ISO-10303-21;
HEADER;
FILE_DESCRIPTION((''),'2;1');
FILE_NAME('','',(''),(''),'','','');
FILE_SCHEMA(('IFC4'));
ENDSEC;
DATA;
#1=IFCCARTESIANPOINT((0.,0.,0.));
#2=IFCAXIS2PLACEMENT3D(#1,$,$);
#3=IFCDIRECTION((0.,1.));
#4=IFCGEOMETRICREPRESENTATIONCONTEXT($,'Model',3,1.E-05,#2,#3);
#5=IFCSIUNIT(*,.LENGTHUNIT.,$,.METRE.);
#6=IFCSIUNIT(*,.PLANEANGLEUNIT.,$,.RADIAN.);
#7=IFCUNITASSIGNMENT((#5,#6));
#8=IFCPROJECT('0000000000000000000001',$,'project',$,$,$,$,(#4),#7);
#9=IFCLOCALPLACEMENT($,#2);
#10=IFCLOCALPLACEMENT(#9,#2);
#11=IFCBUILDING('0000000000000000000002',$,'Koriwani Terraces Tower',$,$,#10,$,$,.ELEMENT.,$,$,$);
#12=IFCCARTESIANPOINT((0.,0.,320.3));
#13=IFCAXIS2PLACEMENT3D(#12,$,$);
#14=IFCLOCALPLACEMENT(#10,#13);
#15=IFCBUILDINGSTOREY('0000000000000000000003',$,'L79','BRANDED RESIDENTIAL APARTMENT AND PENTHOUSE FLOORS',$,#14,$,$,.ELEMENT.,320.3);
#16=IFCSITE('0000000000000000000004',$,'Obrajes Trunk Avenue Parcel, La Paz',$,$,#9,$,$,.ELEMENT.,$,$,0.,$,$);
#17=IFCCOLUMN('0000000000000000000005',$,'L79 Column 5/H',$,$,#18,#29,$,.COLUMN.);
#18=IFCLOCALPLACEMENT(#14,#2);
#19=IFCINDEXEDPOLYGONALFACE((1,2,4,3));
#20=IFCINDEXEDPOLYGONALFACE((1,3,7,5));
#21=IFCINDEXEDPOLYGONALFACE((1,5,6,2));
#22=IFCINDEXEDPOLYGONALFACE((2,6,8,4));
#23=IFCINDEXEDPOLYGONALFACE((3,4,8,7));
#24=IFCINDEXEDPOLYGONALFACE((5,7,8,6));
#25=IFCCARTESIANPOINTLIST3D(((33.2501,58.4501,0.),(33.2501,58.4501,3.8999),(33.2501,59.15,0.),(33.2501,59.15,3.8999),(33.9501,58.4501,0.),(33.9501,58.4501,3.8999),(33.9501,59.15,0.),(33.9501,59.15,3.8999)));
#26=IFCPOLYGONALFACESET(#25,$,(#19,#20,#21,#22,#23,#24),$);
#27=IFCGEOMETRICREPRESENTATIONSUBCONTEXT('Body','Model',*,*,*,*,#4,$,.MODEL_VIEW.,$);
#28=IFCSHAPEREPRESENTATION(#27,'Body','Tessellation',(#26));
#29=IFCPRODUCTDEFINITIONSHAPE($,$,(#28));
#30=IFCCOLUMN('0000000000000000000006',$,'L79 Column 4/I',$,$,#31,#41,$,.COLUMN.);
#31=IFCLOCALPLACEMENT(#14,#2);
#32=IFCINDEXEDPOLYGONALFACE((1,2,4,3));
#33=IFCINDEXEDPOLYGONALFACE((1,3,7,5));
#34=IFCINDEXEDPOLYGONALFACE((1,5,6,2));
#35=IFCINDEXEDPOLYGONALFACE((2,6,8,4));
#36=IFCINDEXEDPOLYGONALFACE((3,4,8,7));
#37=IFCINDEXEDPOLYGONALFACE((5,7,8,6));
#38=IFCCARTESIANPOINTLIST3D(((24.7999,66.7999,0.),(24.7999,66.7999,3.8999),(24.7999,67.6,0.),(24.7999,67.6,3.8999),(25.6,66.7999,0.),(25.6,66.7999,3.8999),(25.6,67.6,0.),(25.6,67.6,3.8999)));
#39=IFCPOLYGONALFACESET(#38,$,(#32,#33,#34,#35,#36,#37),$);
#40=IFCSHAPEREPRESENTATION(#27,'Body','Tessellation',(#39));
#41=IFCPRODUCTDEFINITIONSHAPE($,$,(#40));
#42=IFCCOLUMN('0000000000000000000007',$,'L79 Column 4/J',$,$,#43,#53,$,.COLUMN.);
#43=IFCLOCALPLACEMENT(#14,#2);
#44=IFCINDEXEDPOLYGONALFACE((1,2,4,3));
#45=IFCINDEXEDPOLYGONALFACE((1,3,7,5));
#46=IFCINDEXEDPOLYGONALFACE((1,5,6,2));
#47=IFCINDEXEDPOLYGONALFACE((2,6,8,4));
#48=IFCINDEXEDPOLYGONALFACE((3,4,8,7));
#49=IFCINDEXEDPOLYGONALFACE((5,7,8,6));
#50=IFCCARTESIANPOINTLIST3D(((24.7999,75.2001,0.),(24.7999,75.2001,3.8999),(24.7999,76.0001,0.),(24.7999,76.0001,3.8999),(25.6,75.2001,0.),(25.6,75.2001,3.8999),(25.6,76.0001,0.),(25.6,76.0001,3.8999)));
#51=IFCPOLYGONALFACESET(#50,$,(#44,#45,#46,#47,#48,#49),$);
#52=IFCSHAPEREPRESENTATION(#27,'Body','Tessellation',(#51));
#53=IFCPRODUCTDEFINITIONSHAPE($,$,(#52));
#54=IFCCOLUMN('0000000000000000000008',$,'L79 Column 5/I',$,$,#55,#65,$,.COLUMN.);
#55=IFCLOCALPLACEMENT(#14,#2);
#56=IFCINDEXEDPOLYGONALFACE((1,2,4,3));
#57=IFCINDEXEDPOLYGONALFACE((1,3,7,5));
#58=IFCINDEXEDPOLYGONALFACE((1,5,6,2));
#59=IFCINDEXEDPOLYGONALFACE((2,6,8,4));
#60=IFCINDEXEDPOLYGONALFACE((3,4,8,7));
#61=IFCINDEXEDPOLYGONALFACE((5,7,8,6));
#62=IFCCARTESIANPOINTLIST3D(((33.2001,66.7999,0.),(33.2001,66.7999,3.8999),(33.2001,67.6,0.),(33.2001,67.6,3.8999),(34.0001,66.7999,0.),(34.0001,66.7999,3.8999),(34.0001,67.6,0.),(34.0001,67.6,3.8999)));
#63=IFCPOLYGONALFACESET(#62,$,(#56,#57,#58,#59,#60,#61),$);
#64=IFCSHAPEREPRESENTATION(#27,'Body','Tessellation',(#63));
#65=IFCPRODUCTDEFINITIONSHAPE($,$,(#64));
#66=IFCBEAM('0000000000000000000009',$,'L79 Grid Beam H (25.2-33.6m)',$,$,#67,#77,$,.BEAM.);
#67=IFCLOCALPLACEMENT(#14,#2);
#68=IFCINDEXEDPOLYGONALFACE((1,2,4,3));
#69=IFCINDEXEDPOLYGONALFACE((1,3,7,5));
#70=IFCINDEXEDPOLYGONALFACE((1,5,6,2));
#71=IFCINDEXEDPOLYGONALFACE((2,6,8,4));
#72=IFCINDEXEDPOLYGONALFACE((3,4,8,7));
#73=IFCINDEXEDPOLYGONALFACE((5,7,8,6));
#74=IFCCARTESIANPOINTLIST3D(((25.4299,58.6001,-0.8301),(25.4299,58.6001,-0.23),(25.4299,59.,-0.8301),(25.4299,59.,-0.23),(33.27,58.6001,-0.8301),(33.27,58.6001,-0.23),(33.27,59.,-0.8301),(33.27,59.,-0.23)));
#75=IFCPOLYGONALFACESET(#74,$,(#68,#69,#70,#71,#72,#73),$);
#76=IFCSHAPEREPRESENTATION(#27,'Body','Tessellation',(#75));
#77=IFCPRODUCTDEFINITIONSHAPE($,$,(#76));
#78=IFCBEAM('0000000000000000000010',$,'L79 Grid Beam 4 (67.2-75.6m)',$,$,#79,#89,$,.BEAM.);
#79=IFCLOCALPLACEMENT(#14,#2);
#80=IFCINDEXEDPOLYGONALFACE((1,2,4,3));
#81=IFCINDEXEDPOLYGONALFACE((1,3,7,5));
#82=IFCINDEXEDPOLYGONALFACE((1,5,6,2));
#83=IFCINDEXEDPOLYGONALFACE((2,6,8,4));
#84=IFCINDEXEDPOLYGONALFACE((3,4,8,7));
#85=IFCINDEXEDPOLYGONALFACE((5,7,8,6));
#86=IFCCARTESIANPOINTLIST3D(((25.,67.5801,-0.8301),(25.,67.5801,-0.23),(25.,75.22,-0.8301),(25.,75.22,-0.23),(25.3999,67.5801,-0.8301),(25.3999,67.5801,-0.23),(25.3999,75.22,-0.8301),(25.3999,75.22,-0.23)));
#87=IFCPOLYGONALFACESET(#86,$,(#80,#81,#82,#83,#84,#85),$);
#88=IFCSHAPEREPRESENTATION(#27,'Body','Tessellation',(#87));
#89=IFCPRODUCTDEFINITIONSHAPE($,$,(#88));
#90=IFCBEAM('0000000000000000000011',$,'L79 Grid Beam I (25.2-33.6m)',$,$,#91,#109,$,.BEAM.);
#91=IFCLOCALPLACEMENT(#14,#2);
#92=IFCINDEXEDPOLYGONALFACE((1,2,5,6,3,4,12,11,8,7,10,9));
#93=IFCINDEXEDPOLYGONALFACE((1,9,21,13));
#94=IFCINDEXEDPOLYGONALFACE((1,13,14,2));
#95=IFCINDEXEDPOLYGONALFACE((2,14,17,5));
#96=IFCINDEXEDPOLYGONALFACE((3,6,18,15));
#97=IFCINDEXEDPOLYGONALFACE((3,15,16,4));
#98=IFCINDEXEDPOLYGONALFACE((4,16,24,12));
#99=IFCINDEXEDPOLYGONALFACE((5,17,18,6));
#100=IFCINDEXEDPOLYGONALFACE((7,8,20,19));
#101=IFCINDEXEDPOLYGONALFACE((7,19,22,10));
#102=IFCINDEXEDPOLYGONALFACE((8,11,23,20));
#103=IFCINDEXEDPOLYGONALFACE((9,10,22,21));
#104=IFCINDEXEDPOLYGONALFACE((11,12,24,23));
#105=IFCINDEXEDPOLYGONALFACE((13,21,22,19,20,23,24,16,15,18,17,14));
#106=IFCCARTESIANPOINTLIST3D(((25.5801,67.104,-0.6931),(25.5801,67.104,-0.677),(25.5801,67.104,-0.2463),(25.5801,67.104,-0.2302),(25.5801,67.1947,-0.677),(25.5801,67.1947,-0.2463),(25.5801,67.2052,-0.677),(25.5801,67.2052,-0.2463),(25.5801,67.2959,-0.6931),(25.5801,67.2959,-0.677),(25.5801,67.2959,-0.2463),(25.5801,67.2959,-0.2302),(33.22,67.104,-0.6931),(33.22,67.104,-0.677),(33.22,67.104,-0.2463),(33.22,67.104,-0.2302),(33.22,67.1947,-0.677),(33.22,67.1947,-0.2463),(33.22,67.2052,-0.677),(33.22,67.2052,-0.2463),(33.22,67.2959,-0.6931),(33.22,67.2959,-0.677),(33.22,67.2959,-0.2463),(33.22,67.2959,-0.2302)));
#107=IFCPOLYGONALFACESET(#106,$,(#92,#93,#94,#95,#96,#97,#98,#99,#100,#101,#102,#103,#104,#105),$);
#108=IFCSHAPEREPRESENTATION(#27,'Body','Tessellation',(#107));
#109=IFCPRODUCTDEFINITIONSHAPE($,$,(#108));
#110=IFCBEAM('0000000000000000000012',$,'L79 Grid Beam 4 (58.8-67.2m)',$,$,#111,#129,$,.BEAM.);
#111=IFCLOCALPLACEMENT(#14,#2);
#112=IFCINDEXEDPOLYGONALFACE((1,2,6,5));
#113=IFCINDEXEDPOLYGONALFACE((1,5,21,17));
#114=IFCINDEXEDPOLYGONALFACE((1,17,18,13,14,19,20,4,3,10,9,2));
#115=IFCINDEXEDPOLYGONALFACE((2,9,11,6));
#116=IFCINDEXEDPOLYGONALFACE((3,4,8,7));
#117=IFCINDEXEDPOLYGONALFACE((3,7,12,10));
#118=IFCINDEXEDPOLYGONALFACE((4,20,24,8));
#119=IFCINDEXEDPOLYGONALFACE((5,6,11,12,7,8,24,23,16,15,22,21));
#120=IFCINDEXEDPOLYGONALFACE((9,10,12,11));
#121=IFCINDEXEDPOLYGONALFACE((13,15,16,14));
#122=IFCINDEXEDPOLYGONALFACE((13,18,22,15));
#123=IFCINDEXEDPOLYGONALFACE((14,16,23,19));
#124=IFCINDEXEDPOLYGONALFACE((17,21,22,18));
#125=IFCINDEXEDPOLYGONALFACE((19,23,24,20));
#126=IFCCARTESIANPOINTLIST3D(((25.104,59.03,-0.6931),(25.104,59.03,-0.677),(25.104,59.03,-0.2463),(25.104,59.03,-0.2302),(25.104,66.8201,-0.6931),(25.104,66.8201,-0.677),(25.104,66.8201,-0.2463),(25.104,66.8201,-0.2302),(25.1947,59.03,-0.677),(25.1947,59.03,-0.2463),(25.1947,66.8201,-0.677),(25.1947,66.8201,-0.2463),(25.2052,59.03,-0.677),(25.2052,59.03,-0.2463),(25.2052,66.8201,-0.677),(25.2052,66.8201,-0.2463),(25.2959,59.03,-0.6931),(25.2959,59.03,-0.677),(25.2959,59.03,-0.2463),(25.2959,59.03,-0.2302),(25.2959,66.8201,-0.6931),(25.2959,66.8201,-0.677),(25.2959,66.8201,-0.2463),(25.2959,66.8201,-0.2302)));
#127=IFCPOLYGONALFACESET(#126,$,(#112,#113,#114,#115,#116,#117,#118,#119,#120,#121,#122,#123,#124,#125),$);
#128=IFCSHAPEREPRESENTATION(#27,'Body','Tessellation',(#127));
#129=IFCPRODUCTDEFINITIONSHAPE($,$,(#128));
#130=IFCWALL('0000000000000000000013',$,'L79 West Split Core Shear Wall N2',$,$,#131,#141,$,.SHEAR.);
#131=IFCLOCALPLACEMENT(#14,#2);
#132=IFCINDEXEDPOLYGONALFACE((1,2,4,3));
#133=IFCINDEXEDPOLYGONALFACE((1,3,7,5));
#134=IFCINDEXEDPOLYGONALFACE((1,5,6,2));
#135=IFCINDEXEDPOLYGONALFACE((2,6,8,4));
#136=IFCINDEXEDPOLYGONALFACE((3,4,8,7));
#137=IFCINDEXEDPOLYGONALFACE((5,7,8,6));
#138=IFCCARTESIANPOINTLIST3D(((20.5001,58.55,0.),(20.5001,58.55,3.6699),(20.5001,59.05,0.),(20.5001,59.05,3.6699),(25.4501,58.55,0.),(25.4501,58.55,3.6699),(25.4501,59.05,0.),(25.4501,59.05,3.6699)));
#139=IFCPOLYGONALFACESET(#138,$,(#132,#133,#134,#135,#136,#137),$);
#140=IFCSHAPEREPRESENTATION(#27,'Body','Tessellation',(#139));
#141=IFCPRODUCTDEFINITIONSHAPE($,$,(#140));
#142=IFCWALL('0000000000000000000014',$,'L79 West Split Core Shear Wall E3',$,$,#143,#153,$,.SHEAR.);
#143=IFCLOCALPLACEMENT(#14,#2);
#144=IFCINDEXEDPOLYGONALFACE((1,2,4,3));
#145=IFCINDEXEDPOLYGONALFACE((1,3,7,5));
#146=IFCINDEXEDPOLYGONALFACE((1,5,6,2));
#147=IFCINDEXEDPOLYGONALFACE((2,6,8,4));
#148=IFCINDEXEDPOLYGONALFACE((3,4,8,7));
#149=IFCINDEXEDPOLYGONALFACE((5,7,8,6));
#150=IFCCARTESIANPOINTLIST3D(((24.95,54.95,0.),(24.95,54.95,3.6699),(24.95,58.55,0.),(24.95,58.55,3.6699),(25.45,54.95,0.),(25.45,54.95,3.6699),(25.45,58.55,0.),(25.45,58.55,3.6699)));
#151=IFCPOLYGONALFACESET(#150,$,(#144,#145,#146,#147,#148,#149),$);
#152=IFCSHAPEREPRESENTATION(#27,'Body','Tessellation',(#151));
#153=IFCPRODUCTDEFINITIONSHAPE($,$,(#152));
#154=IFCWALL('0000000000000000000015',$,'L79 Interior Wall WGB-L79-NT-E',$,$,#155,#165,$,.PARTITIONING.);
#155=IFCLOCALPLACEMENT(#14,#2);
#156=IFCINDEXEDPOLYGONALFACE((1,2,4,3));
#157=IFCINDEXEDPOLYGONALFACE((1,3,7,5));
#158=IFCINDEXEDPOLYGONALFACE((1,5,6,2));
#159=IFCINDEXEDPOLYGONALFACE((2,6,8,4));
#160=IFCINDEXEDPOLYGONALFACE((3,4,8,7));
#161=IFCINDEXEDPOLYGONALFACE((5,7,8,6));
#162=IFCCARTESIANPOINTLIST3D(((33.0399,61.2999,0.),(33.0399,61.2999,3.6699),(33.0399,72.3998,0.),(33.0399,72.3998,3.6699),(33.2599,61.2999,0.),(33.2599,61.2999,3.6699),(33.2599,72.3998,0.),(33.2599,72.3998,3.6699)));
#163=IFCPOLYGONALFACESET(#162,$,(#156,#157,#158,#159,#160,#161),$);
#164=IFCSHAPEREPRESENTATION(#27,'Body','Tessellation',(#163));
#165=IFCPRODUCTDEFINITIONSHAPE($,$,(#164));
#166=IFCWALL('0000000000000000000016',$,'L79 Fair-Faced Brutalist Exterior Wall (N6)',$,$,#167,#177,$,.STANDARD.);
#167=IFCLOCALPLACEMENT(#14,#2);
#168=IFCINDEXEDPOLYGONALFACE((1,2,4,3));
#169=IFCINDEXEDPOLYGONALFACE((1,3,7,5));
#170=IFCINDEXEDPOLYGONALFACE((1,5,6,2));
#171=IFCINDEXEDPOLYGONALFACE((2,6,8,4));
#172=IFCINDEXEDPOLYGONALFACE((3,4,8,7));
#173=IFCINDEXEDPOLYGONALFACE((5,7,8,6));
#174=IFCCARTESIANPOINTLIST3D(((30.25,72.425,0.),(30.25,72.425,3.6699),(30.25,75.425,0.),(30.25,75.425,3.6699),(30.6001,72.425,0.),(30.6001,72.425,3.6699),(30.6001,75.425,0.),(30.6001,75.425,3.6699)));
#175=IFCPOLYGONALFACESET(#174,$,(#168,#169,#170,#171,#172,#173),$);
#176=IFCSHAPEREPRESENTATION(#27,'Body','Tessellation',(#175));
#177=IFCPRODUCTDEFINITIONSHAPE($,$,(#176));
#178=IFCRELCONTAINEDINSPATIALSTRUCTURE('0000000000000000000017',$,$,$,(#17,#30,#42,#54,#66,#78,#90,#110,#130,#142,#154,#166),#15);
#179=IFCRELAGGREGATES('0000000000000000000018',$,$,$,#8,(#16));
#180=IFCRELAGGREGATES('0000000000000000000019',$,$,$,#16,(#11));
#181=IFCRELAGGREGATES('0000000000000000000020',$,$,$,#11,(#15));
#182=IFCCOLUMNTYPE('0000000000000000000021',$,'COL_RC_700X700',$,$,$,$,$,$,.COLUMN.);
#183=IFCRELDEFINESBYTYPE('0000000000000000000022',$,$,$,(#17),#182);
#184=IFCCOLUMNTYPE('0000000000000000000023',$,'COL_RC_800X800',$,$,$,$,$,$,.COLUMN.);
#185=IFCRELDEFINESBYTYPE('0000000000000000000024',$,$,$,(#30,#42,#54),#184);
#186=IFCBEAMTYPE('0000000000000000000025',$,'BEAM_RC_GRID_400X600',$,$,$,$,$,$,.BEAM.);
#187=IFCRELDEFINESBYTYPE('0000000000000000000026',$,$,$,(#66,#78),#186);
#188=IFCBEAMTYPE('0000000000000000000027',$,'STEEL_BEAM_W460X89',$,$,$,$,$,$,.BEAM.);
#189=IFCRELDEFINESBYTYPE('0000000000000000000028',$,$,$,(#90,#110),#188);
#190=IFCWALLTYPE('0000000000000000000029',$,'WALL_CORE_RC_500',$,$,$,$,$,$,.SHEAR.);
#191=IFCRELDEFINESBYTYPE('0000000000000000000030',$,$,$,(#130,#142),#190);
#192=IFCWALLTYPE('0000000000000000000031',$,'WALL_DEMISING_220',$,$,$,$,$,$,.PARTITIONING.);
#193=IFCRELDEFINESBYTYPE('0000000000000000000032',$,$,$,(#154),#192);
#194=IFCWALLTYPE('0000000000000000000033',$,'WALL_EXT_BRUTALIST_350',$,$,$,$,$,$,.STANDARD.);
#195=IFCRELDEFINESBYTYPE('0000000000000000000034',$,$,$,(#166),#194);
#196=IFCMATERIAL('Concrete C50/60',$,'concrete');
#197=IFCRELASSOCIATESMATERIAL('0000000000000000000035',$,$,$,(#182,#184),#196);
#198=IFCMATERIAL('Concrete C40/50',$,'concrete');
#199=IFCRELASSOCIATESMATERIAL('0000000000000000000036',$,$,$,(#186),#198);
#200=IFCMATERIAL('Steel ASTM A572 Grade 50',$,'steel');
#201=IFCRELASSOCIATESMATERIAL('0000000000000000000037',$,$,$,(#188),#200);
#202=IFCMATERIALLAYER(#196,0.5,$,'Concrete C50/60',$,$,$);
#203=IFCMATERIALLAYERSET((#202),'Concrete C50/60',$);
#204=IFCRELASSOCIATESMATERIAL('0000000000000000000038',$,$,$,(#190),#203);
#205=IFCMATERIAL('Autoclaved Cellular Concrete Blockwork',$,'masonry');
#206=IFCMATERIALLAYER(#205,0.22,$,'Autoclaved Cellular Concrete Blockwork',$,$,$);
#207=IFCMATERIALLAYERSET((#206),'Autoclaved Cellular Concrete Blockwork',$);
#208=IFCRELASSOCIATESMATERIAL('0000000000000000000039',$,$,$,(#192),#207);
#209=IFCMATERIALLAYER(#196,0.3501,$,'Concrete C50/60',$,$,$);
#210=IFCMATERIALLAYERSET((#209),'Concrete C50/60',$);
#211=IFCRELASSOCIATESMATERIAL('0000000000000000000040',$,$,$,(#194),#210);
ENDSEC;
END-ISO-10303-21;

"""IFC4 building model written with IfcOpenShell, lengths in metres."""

from ifc_helpers import new_model, si_unit, direction, frame, frame_2d, origin, origin_2d, place, context, subcontext, project, spatial, rectangle, i_section, extrude, material, layer, layer_set, material_profile, profile_set, type_object, element, save


model = new_model("IFC4")

# Units and contexts
model_context = context("Model", 3, precision=1e-05, world=origin(), true_north=direction((0.0, 1.0)))
body_context = subcontext(model_context, "Body", "Model", "MODEL_VIEW")
ifc_project = project(units=[si_unit("LENGTHUNIT", "METRE"), si_unit("PLANEANGLEUNIT", "RADIAN")], contexts=[model_context])

# Site, building, storey
site_placement = place(None, origin())
site = spatial("IfcSite", under=ifc_project, at=site_placement, Name="Obrajes Trunk Avenue Parcel, La Paz", CompositionType="ELEMENT", RefElevation=0.0)
building_placement = place(site_placement, origin())
building = spatial("IfcBuilding", under=site, at=building_placement, Name="Koriwani Terraces Tower", CompositionType="ELEMENT")
storey_placement = place(building_placement, frame((0.0, 0.0, 320.3)))
storey = spatial("IfcBuildingStorey", under=building, at=storey_placement, Name="L79", Description="BRANDED RESIDENTIAL APARTMENT AND PENTHOUSE FLOORS", CompositionType="ELEMENT", Elevation=320.3)

# Columns
ifc_material_1 = material(Name="Concrete C50/60", Category="concrete")
ifc_material_profile_1 = material_profile(ifc_material_1, rectangle(XDim=0.7, YDim=0.7, at=origin_2d()), Name="Concrete C50/60", Category="LoadBearing")
ifc_profile_set_1 = profile_set([ifc_material_profile_1], Name="Concrete C50/60")
column_type_1 = type_object("IfcColumnType", Name="COL_RC_700X700", PredefinedType="COLUMN", material=ifc_profile_set_1)
column_placement = place(storey_placement, frame((33.6001, 58.8, 0.0), z_axis=(0.0, 0.0, 1.0), x_axis=(1.0, 0.0, 0.0)))
element("IfcColumn", 1, at=column_placement, inside=storey, type_object=column_type_1, Name="L79 Column 5/H", PredefinedType="COLUMN", context=body_context, shape_type="SweptSolid", body=[
    extrude(rectangle(XDim=0.7, YDim=0.7, at=origin_2d()), origin(), (0.0, 0.0, 1.0), 3.8999),
])
ifc_material_profile_2 = material_profile(ifc_material_1, rectangle(XDim=0.8, YDim=0.8, at=origin_2d()), Name="Concrete C50/60", Category="LoadBearing")
ifc_profile_set_2 = profile_set([ifc_material_profile_2], Name="Concrete C50/60")
column_type_2 = type_object("IfcColumnType", Name="COL_RC_800X800", PredefinedType="COLUMN", material=ifc_profile_set_2)
for number, where, z_axis, x_axis, name in (
    (2, (25.2, 67.2, 0.0), (0.0, 0.0, 1.0), (1.0, 0.0, 0.0), "L79 Column 4/I"),
    (3, (25.2, 75.6001, 0.0), (0.0, 0.0, 1.0), (1.0, 0.0, 0.0), "L79 Column 4/J"),
    (4, (33.6001, 67.2, 0.0), (0.0, 0.0, 1.0), (1.0, 0.0, 0.0), "L79 Column 5/I"),
):
    element("IfcColumn", number, at=place(storey_placement, frame(where, z_axis=z_axis, x_axis=x_axis)), inside=storey, type_object=column_type_2, Name=name, PredefinedType="COLUMN", context=body_context, shape_type="SweptSolid", body=[
        extrude(rectangle(XDim=0.8, YDim=0.8, at=origin_2d()), origin(), (0.0, 0.0, 1.0), 3.8999),
    ])

# Beams
ifc_material_2 = material(Name="Concrete C40/50", Category="concrete")
ifc_material_profile_3 = material_profile(ifc_material_2, rectangle(XDim=0.3999, YDim=0.6001, at=origin_2d()), Name="Concrete C40/50", Category="LoadBearing")
ifc_profile_set_3 = profile_set([ifc_material_profile_3], Name="Concrete C40/50")
beam_type_1 = type_object("IfcBeamType", Name="BEAM_RC_GRID_400X600", PredefinedType="BEAM", material=ifc_profile_set_3)
beam_1_placement = place(storey_placement, frame((25.4299, 58.8, -0.53), z_axis=(1.0, 0.0, 0.0), x_axis=(0.0, 1.0, 0.0)))
element("IfcBeam", 5, at=beam_1_placement, inside=storey, type_object=beam_type_1, Name="L79 Grid Beam H (25.2-33.6m)", PredefinedType="BEAM", context=body_context, shape_type="SweptSolid", body=[
    extrude(rectangle(XDim=0.3999, YDim=0.6001, at=origin_2d()), origin(), (0.0, 0.0, 1.0), 7.8401),
])
beam_2_placement = place(storey_placement, frame((25.2, 67.5801, -0.53), z_axis=(0.0, 1.0, 0.0), x_axis=(-1.0, 0.0, 0.0)))
element("IfcBeam", 6, at=beam_2_placement, inside=storey, type_object=beam_type_1, Name="L79 Grid Beam 4 (67.2-75.6m)", PredefinedType="BEAM", context=body_context, shape_type="SweptSolid", body=[
    extrude(rectangle(XDim=0.3999, YDim=0.6001, at=origin_2d()), origin(), (0.0, 0.0, 1.0), 7.6399),
])
ifc_material_3 = material(Name="Steel ASTM A572 Grade 50", Category="steel")
ifc_material_profile_4 = material_profile(ifc_material_3, i_section(OverallWidth=0.1919, OverallDepth=0.4629, WebThickness=0.0105, FlangeThickness=0.0161, at=origin_2d()), Name="Steel ASTM A572 Grade 50", Category="LoadBearing")
ifc_profile_set_4 = profile_set([ifc_material_profile_4], Name="Steel ASTM A572 Grade 50")
beam_type_2 = type_object("IfcBeamType", Name="STEEL_BEAM_W460X89", PredefinedType="BEAM", material=ifc_profile_set_4)
beam_3_placement = place(storey_placement, frame((25.5801, 67.2, -0.4617), z_axis=(1.0, 0.0, 0.0), x_axis=(0.0, 1.0, 0.0)))
element("IfcBeam", 7, at=beam_3_placement, inside=storey, type_object=beam_type_2, Name="L79 Grid Beam I (25.2-33.6m)", PredefinedType="BEAM", context=body_context, shape_type="SweptSolid", body=[
    extrude(i_section(OverallWidth=0.1919, OverallDepth=0.4629, WebThickness=0.0105, FlangeThickness=0.0161, at=origin_2d()), origin(), (0.0, 0.0, 1.0), 7.6399),
])
beam_4_placement = place(storey_placement, frame((25.2, 59.03, -0.4617), z_axis=(0.0, 1.0, 0.0), x_axis=(-1.0, 0.0, 0.0)))
element("IfcBeam", 8, at=beam_4_placement, inside=storey, type_object=beam_type_2, Name="L79 Grid Beam 4 (58.8-67.2m)", PredefinedType="BEAM", context=body_context, shape_type="SweptSolid", body=[
    extrude(i_section(OverallWidth=0.1919, OverallDepth=0.4629, WebThickness=0.0105, FlangeThickness=0.0161, at=origin_2d()), origin(), (0.0, 0.0, 1.0), 7.79),
])

# Walls
ifc_layer_1 = layer(ifc_material_1, 0.5, Name="Concrete C50/60")
ifc_layer_set_1 = layer_set([ifc_layer_1], Name="Concrete C50/60")
wall_type_1 = type_object("IfcWallType", Name="WALL_CORE_RC_500", PredefinedType="SHEAR", material=ifc_layer_set_1)
wall_1_placement = place(storey_placement, frame((20.5, 58.8, 0.0), z_axis=(0.0, 0.0, 1.0), x_axis=(1.0, 0.0, 0.0)))
element("IfcWall", 9, at=wall_1_placement, inside=storey, type_object=wall_type_1, Name="L79 West Split Core Shear Wall N2", PredefinedType="SHEAR", context=body_context, shape_type="SweptSolid", body=[
    extrude(rectangle(XDim=4.95, YDim=0.5, at=frame_2d((2.4751, 0.0))), origin(), (0.0, 0.0, 1.0), 3.6699),
])
wall_2_placement = place(storey_placement, frame((25.2, 54.95, 0.0), z_axis=(0.0, 0.0, 1.0), x_axis=(0.0, 1.0, 0.0)))
element("IfcWall", 10, at=wall_2_placement, inside=storey, type_object=wall_type_1, Name="L79 West Split Core Shear Wall E3", PredefinedType="SHEAR", context=body_context, shape_type="SweptSolid", body=[
    extrude(rectangle(XDim=3.6001, YDim=0.5, at=frame_2d((1.8, 0.0))), origin(), (0.0, 0.0, 1.0), 3.6699),
])
ifc_material_4 = material(Name="Autoclaved Cellular Concrete Blockwork", Category="masonry")
ifc_layer_2 = layer(ifc_material_4, 0.22, Name="Autoclaved Cellular Concrete Blockwork")
ifc_layer_set_2 = layer_set([ifc_layer_2], Name="Autoclaved Cellular Concrete Blockwork")
wall_type_2 = type_object("IfcWallType", Name="WALL_DEMISING_220", PredefinedType="PARTITIONING", material=ifc_layer_set_2)
wall_3_placement = place(storey_placement, frame((33.1499, 61.3, 0.0), z_axis=(0.0, 0.0, 1.0), x_axis=(0.0, 1.0, 0.0)))
element("IfcWall", 11, at=wall_3_placement, inside=storey, type_object=wall_type_2, Name="L79 Interior Wall WGB-L79-NT-E", PredefinedType="PARTITIONING", context=body_context, shape_type="SweptSolid", body=[
    extrude(rectangle(XDim=11.0999, YDim=0.22, at=frame_2d((5.5498, 0.0))), origin(), (0.0, 0.0, 1.0), 3.6699),
])
ifc_layer_3 = layer(ifc_material_1, 0.3501, Name="Concrete C50/60")
ifc_layer_set_3 = layer_set([ifc_layer_3], Name="Concrete C50/60")
wall_type_3 = type_object("IfcWallType", Name="WALL_EXT_BRUTALIST_350", PredefinedType="STANDARD", material=ifc_layer_set_3)
wall_4_placement = place(storey_placement, frame((30.425, 75.425, 0.0), z_axis=(0.0, 0.0, 1.0), x_axis=(0.0, -1.0, 0.0)))
element("IfcWall", 12, at=wall_4_placement, inside=storey, type_object=wall_type_3, Name="L79 Fair-Faced Brutalist Exterior Wall (N6)", PredefinedType="STANDARD", context=body_context, shape_type="SweptSolid", body=[
    extrude(rectangle(XDim=3.0, YDim=0.3501, at=frame_2d((1.5, 0.0))), origin(), (0.0, 0.0, 1.0), 3.6699),
])

save(model, "model.ifc")
